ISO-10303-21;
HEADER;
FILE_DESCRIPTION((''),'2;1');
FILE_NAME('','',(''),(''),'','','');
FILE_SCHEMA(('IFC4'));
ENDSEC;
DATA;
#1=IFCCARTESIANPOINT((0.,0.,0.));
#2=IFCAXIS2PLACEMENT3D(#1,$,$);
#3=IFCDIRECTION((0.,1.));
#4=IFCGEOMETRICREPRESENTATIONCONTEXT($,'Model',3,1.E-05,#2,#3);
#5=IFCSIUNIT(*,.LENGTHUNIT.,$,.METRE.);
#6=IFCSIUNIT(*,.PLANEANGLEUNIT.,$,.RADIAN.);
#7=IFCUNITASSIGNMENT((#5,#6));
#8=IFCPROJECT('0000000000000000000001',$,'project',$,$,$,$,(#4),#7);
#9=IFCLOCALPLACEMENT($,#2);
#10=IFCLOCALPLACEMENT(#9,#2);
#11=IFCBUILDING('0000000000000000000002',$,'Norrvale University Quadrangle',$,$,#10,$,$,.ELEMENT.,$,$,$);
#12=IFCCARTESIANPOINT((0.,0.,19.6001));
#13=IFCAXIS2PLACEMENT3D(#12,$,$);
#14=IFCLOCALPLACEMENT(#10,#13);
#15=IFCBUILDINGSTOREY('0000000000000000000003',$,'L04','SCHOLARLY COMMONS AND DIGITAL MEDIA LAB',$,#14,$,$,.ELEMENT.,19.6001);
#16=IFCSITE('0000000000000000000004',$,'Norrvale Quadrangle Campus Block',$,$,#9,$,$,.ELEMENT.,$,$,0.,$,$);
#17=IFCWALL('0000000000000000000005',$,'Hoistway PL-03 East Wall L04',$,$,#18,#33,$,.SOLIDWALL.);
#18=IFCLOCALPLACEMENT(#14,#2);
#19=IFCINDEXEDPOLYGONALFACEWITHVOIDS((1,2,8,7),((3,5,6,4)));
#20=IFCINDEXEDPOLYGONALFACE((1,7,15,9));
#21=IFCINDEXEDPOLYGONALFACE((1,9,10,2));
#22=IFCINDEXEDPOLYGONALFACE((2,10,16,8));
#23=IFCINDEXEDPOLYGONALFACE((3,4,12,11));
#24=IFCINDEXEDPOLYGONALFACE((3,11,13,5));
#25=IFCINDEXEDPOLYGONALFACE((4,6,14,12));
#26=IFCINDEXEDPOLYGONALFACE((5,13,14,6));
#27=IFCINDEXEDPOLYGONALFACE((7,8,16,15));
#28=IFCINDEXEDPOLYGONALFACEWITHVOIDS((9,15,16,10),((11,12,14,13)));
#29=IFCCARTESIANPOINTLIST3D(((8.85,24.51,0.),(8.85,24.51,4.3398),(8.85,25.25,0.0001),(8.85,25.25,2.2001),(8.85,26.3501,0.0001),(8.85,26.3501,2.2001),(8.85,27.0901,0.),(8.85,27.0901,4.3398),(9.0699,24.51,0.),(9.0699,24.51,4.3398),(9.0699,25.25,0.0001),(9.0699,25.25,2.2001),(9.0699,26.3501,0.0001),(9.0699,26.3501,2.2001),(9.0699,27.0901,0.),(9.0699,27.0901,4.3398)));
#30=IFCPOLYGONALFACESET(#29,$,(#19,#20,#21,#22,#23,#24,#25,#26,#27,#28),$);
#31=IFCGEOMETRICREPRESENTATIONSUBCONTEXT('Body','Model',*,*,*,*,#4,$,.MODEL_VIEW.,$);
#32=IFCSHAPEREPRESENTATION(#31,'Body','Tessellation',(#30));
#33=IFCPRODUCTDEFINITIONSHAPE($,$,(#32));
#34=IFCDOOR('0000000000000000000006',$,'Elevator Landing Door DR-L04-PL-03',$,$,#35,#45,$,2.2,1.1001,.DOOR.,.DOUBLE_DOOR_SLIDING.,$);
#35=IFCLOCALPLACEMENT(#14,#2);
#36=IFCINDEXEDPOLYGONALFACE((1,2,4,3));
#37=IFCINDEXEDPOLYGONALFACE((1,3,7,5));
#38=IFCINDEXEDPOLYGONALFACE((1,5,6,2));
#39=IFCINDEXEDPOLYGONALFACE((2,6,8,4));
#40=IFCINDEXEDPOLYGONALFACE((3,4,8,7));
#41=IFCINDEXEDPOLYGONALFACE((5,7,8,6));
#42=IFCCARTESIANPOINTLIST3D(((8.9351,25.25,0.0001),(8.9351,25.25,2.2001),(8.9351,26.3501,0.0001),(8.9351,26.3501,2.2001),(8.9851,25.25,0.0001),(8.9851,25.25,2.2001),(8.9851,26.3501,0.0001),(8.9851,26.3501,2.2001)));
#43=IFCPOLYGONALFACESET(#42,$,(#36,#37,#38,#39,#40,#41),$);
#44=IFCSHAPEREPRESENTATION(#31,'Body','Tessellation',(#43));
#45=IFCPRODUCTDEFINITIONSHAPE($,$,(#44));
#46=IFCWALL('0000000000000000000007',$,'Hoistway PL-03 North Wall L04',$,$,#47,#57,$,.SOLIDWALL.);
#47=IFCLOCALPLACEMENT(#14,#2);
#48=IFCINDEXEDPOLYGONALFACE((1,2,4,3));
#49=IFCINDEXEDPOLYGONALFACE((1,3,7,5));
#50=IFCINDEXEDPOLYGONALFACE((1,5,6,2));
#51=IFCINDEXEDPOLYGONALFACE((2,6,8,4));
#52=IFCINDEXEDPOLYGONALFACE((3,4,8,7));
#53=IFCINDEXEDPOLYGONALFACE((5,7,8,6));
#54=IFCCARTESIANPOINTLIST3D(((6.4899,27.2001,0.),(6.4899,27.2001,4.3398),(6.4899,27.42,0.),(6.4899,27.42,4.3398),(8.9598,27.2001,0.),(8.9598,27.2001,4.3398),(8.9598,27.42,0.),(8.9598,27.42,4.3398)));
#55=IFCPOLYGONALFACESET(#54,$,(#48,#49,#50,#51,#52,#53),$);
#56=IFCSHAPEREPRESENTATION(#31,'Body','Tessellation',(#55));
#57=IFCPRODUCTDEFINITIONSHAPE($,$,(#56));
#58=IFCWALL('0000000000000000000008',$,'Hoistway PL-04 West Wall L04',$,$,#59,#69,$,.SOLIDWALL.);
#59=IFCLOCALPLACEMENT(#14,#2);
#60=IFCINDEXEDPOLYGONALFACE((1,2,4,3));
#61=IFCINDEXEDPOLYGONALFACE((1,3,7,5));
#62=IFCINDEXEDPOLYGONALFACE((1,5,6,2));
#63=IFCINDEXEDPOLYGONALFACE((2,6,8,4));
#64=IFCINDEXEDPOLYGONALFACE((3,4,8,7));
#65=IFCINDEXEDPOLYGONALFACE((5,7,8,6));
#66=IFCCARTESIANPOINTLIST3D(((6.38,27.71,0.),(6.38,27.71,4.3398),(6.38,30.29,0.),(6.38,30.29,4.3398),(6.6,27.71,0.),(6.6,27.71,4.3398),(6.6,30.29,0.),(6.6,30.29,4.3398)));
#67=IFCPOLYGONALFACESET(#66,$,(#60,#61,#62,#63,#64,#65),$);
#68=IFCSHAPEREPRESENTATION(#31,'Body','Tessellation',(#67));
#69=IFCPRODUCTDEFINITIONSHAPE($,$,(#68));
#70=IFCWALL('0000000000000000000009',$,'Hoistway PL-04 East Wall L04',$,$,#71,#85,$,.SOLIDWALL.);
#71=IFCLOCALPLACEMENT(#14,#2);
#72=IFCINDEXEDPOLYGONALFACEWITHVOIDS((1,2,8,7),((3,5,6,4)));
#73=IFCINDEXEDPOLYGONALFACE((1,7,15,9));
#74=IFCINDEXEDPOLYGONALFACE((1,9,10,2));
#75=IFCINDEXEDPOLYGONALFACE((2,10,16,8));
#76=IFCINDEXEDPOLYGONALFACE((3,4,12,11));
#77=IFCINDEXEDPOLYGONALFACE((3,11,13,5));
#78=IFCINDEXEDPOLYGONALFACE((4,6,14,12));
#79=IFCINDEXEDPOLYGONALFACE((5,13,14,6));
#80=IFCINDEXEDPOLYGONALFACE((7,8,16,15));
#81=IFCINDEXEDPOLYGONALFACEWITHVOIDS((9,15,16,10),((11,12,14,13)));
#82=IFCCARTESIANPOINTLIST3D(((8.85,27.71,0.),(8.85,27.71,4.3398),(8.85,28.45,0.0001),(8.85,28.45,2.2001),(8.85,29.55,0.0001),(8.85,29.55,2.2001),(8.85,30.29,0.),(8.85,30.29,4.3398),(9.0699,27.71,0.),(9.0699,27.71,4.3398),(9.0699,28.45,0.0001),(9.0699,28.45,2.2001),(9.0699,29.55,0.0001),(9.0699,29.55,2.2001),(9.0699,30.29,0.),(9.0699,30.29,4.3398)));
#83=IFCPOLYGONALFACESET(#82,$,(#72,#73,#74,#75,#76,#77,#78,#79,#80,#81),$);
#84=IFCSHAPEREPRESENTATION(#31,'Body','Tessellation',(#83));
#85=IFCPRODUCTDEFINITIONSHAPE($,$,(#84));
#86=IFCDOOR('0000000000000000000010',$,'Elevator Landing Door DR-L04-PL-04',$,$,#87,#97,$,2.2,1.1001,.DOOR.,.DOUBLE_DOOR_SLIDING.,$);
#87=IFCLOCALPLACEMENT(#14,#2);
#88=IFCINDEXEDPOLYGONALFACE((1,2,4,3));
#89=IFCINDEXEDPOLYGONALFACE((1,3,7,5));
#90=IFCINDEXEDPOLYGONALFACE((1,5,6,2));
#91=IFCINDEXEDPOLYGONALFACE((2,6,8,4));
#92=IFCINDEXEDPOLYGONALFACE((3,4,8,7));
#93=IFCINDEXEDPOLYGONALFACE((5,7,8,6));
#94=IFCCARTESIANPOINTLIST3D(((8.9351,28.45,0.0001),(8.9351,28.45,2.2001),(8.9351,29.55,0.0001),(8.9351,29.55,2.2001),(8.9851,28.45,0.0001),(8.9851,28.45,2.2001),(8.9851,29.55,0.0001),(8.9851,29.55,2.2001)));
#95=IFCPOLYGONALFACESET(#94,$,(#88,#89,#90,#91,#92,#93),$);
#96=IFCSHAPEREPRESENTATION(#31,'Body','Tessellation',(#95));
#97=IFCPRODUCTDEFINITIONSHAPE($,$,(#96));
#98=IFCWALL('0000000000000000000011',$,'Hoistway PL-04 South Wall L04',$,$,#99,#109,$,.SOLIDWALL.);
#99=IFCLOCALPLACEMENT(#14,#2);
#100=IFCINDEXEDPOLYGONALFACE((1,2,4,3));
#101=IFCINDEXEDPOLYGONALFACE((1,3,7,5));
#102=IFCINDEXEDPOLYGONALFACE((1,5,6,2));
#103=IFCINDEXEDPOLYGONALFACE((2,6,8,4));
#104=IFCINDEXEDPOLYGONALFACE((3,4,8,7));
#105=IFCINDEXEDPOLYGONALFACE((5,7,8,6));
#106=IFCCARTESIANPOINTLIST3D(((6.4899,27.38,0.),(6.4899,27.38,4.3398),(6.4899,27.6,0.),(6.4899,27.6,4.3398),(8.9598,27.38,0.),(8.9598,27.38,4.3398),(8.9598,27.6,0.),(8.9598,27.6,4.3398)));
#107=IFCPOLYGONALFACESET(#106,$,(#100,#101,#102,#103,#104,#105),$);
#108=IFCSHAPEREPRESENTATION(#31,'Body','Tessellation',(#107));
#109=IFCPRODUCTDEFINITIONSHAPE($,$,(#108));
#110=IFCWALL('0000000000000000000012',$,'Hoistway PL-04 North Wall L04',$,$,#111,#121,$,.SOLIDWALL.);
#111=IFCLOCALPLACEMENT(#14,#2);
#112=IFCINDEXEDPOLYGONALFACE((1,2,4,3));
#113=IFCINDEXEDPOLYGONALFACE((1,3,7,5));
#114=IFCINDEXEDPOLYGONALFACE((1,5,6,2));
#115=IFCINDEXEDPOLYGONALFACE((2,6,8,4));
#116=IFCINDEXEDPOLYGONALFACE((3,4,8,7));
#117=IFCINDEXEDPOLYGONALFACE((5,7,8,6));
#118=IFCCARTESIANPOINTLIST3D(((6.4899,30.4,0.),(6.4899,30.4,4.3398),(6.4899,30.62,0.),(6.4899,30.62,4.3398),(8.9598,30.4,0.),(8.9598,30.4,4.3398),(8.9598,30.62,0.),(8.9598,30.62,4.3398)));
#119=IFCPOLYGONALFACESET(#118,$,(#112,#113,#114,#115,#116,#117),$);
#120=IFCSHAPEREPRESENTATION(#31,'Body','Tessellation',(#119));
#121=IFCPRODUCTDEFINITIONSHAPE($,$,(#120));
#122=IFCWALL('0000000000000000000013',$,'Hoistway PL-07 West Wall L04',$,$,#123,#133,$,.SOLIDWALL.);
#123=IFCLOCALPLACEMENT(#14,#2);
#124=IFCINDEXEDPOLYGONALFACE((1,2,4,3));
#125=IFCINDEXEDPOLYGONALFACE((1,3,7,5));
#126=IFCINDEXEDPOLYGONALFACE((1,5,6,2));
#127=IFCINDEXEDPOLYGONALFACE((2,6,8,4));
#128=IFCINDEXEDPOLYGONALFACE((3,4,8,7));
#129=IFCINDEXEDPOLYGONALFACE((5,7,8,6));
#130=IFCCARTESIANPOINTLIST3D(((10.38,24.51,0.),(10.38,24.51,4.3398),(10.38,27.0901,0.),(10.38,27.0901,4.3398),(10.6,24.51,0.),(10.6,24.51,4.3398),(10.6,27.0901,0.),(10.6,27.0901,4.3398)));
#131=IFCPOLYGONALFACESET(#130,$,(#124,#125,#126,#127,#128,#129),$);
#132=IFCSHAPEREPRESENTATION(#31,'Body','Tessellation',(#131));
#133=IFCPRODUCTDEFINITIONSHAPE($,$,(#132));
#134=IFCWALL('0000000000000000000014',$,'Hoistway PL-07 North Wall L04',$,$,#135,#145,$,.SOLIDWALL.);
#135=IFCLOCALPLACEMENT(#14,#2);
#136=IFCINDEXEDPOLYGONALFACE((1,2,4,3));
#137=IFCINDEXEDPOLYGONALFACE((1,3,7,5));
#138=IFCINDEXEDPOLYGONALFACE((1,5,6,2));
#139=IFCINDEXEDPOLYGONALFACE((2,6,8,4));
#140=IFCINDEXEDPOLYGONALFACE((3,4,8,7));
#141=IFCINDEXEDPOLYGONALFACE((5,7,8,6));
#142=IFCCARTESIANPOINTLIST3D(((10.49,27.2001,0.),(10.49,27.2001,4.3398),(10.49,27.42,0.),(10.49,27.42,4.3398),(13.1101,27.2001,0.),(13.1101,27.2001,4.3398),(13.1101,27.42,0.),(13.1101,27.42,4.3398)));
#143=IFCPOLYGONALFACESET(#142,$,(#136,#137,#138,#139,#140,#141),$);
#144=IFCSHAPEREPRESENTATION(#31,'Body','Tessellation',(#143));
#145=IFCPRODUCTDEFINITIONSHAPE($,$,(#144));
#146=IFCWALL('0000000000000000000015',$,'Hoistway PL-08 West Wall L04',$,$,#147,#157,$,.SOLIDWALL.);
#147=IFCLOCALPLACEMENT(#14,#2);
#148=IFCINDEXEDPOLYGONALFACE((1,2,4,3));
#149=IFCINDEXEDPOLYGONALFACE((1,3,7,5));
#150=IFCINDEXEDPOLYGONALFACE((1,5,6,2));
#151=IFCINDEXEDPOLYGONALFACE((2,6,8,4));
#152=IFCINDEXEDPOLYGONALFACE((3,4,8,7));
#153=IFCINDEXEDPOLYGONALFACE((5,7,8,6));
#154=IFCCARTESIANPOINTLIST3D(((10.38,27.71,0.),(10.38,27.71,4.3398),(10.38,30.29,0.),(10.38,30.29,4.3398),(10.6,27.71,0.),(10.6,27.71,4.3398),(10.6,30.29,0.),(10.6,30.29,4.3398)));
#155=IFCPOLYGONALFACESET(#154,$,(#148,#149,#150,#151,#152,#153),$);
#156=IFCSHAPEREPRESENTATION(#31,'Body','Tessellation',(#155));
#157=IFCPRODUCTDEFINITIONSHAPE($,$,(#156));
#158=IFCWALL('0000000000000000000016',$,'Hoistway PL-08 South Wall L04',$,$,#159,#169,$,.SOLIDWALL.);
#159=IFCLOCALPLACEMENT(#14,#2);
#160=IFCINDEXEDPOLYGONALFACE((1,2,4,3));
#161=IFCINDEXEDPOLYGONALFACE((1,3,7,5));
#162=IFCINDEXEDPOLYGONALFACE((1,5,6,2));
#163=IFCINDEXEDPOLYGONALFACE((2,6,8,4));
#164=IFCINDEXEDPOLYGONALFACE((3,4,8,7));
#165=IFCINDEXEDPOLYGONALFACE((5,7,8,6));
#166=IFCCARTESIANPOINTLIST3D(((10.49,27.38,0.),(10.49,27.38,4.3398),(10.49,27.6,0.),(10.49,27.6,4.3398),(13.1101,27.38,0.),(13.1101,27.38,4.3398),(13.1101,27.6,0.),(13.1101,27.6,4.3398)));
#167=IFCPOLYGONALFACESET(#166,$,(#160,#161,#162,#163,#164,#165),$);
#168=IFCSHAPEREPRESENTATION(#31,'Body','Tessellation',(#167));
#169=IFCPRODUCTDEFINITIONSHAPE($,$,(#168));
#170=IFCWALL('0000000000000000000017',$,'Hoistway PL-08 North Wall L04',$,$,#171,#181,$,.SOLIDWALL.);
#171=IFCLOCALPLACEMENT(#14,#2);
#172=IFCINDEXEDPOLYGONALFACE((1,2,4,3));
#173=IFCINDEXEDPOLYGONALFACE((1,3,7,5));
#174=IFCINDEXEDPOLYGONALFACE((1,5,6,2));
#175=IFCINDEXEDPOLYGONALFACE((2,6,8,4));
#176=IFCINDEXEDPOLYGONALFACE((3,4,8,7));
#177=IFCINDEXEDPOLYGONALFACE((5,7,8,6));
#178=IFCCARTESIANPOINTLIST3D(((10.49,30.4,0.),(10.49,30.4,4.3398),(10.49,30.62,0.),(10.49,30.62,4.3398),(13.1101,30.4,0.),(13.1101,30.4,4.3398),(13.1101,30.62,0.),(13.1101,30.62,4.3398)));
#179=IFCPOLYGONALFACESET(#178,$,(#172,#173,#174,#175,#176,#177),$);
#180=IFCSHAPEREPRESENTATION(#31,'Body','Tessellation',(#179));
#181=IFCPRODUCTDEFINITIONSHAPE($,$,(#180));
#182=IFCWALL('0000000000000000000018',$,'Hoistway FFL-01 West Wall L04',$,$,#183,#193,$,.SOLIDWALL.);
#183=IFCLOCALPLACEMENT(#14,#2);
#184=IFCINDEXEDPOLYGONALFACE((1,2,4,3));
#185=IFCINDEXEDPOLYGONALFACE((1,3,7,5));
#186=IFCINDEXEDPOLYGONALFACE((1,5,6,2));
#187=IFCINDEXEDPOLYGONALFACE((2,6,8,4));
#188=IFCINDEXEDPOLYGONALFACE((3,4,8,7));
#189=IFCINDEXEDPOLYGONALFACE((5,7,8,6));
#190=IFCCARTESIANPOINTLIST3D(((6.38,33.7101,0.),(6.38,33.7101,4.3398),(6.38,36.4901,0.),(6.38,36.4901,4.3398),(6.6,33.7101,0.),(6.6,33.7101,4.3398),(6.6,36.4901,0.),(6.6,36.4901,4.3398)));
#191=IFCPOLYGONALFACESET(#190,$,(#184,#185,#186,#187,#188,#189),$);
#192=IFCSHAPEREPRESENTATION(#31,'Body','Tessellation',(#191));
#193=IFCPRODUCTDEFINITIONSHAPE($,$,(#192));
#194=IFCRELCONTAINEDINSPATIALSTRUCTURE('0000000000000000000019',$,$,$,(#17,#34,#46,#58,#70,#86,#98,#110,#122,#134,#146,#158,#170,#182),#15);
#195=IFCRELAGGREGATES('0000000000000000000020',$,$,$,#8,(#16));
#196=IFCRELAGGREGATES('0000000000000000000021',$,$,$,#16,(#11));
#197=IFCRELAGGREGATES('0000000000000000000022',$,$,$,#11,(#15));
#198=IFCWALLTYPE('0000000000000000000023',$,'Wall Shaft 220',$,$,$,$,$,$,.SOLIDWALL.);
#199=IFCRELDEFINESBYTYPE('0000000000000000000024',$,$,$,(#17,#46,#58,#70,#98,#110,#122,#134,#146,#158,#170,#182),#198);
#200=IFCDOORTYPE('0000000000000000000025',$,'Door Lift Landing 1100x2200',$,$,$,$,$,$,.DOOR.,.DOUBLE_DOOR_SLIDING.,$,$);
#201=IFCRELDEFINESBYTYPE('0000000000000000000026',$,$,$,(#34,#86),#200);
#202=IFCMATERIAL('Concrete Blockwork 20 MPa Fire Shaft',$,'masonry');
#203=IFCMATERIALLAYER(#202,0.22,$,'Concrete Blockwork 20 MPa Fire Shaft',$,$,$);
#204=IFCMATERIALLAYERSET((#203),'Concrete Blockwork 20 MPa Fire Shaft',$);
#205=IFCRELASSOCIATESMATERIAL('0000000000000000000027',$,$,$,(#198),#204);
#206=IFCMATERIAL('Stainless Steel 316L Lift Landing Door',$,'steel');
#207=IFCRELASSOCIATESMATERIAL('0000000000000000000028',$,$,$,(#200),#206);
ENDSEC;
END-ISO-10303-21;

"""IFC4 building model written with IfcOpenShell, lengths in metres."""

from ifc_helpers import new_model, si_unit, direction, frame, frame_2d, origin, place, context, subcontext, project, spatial, rectangle, extrude, material, layer, layer_set, type_object, element, fill, save


model = new_model("IFC4")

# Units and contexts
model_context = context("Model", 3, precision=1e-05, world=origin(), true_north=direction((0.0, 1.0)))
body_context = subcontext(model_context, "Body", "Model", "MODEL_VIEW")
ifc_project = project(units=[si_unit("LENGTHUNIT", "METRE"), si_unit("PLANEANGLEUNIT", "RADIAN")], contexts=[model_context])

# Site, building, storey
site_placement = place(None, origin())
site = spatial("IfcSite", under=ifc_project, at=site_placement, Name="Norrvale Quadrangle Campus Block", CompositionType="ELEMENT", RefElevation=0.0)
building_placement = place(site_placement, origin())
building = spatial("IfcBuilding", under=site, at=building_placement, Name="Norrvale University Quadrangle", CompositionType="ELEMENT")
storey_placement = place(building_placement, frame((0.0, 0.0, 19.6001)))
storey = spatial("IfcBuildingStorey", under=building, at=storey_placement, Name="L04", Description="SCHOLARLY COMMONS AND DIGITAL MEDIA LAB", CompositionType="ELEMENT", Elevation=19.6001)

# Shared definitions
ifc_material_1 = material(Name="Concrete Blockwork 20 MPa Fire Shaft", Category="masonry")
ifc_layer_1 = layer(ifc_material_1, 0.22, Name="Concrete Blockwork 20 MPa Fire Shaft")
ifc_layer_set_1 = layer_set([ifc_layer_1], Name="Concrete Blockwork 20 MPa Fire Shaft")
wall_type_1 = type_object("IfcWallType", Name="Wall Shaft 220", PredefinedType="SOLIDWALL", material=ifc_layer_set_1)

# Wall, opening, door
wall_1_placement = place(storey_placement, frame((8.96, 24.51, 0.0), z_axis=(0.0, 0.0, 1.0), x_axis=(0.0, 1.0, 0.0)))
wall_1 = element("IfcWall", 1, at=wall_1_placement, inside=storey, type_object=wall_type_1, Name="Hoistway PL-03 East Wall L04", PredefinedType="SOLIDWALL", context=body_context, shape_type="SweptSolid", body=[
    extrude(rectangle(XDim=2.5801, YDim=0.22, at=frame_2d((1.29, 0.0))), origin(), (0.0, 0.0, 1.0), 4.3398),
])
opening_1_placement = place(wall_1_placement, frame((0.74, 0.0, 0.0)))
opening_1 = element("IfcOpeningElement", 2, at=opening_1_placement, cuts=wall_1, PredefinedType="OPENING", context=body_context, shape_type="SweptSolid", body=[
    extrude(rectangle(XDim=1.1001, YDim=2.2, at=frame_2d((0.55, 1.1001))), frame((0.0, 0.1221, 0.0), z_axis=(0.0, -1.0, 0.0), x_axis=(1.0, 0.0, 0.0)), (0.0, 0.0, 1.0), 0.2439),
])
ifc_material_2 = material(Name="Stainless Steel 316L Lift Landing Door", Category="steel")
door_type_1 = type_object("IfcDoorType", Name="Door Lift Landing 1100x2200", OperationType="DOUBLE_DOOR_SLIDING", PredefinedType="DOOR", material=ifc_material_2)
door_1_placement = place(opening_1_placement, origin())
door_1 = element("IfcDoor", 3, at=door_1_placement, inside=storey, type_object=door_type_1, Name="Elevator Landing Door DR-L04-PL-03", OperationType="DOUBLE_DOOR_SLIDING", OverallHeight=2.2, OverallWidth=1.1001, PredefinedType="DOOR", context=body_context, shape_type="SweptSolid", body=[
    extrude(rectangle(XDim=1.1001, YDim=2.2, at=frame_2d((0.55, 1.1001))), frame((0.0, 0.0249, 0.0), z_axis=(0.0, -1.0, 0.0), x_axis=(1.0, 0.0, 0.0)), (0.0, 0.0, 1.0), 0.05),
])
fill(opening_1, door_1)

# Walls
wall_2_placement = place(storey_placement, frame((6.49, 27.3101, 0.0), z_axis=(0.0, 0.0, 1.0), x_axis=(1.0, 0.0, 0.0)))
element("IfcWall", 4, at=wall_2_placement, inside=storey, type_object=wall_type_1, Name="Hoistway PL-03 North Wall L04", PredefinedType="SOLIDWALL", context=body_context, shape_type="SweptSolid", body=[
    extrude(rectangle(XDim=2.47, YDim=0.22, at=frame_2d((1.2349, 0.0))), origin(), (0.0, 0.0, 1.0), 4.3398),
])
wall_3_placement = place(storey_placement, frame((6.49, 27.71, 0.0), z_axis=(0.0, 0.0, 1.0), x_axis=(0.0, 1.0, 0.0)))
element("IfcWall", 5, at=wall_3_placement, inside=storey, type_object=wall_type_1, Name="Hoistway PL-04 West Wall L04", PredefinedType="SOLIDWALL", context=body_context, shape_type="SweptSolid", body=[
    extrude(rectangle(XDim=2.5801, YDim=0.22, at=frame_2d((1.29, 0.0))), origin(), (0.0, 0.0, 1.0), 4.3398),
])

# Wall, opening, door
wall_4_placement = place(storey_placement, frame((8.96, 27.71, 0.0), z_axis=(0.0, 0.0, 1.0), x_axis=(0.0, 1.0, 0.0)))
wall_4 = element("IfcWall", 6, at=wall_4_placement, inside=storey, type_object=wall_type_1, Name="Hoistway PL-04 East Wall L04", PredefinedType="SOLIDWALL", context=body_context, shape_type="SweptSolid", body=[
    extrude(rectangle(XDim=2.5801, YDim=0.22, at=frame_2d((1.29, 0.0))), origin(), (0.0, 0.0, 1.0), 4.3398),
])
opening_2_placement = place(wall_4_placement, frame((0.74, 0.0, 0.0)))
opening_2 = element("IfcOpeningElement", 7, at=opening_2_placement, cuts=wall_4, PredefinedType="OPENING", context=body_context, shape_type="SweptSolid", body=[
    extrude(rectangle(XDim=1.1001, YDim=2.2, at=frame_2d((0.55, 1.1001))), frame((0.0, 0.1221, 0.0), z_axis=(0.0, -1.0, 0.0), x_axis=(1.0, 0.0, 0.0)), (0.0, 0.0, 1.0), 0.2439),
])
door_2_placement = place(opening_2_placement, origin())
door_2 = element("IfcDoor", 8, at=door_2_placement, inside=storey, type_object=door_type_1, Name="Elevator Landing Door DR-L04-PL-04", OperationType="DOUBLE_DOOR_SLIDING", OverallHeight=2.2, OverallWidth=1.1001, PredefinedType="DOOR", context=body_context, shape_type="SweptSolid", body=[
    extrude(rectangle(XDim=1.1001, YDim=2.2, at=frame_2d((0.55, 1.1001))), frame((0.0, 0.0249, 0.0), z_axis=(0.0, -1.0, 0.0), x_axis=(1.0, 0.0, 0.0)), (0.0, 0.0, 1.0), 0.05),
])
fill(opening_2, door_2)

# Walls
for number, where, z_axis, x_axis, name in (
    (9, (6.49, 27.49, 0.0), (0.0, 0.0, 1.0), (1.0, 0.0, 0.0), "Hoistway PL-04 South Wall L04"),
    (10, (6.49, 30.51, 0.0), (0.0, 0.0, 1.0), (1.0, 0.0, 0.0), "Hoistway PL-04 North Wall L04"),
):
    element("IfcWall", number, at=place(storey_placement, frame(where, z_axis=z_axis, x_axis=x_axis)), inside=storey, type_object=wall_type_1, Name=name, PredefinedType="SOLIDWALL", context=body_context, shape_type="SweptSolid", body=[
        extrude(rectangle(XDim=2.47, YDim=0.22, at=frame_2d((1.2349, 0.0))), origin(), (0.0, 0.0, 1.0), 4.3398),
    ])
wall_5_placement = place(storey_placement, frame((10.49, 24.51, 0.0), z_axis=(0.0, 0.0, 1.0), x_axis=(0.0, 1.0, 0.0)))
element("IfcWall", 11, at=wall_5_placement, inside=storey, type_object=wall_type_1, Name="Hoistway PL-07 West Wall L04", PredefinedType="SOLIDWALL", context=body_context, shape_type="SweptSolid", body=[
    extrude(rectangle(XDim=2.5801, YDim=0.22, at=frame_2d((1.29, 0.0))), origin(), (0.0, 0.0, 1.0), 4.3398),
])
wall_6_placement = place(storey_placement, frame((10.49, 27.3101, 0.0), z_axis=(0.0, 0.0, 1.0), x_axis=(1.0, 0.0, 0.0)))
element("IfcWall", 12, at=wall_6_placement, inside=storey, type_object=wall_type_1, Name="Hoistway PL-07 North Wall L04", PredefinedType="SOLIDWALL", context=body_context, shape_type="SweptSolid", body=[
    extrude(rectangle(XDim=2.6201, YDim=0.22, at=frame_2d((1.3101, 0.0))), origin(), (0.0, 0.0, 1.0), 4.3398),
])
wall_7_placement = place(storey_placement, frame((10.49, 27.71, 0.0), z_axis=(0.0, 0.0, 1.0), x_axis=(0.0, 1.0, 0.0)))
element("IfcWall", 13, at=wall_7_placement, inside=storey, type_object=wall_type_1, Name="Hoistway PL-08 West Wall L04", PredefinedType="SOLIDWALL", context=body_context, shape_type="SweptSolid", body=[
    extrude(rectangle(XDim=2.5801, YDim=0.22, at=frame_2d((1.29, 0.0))), origin(), (0.0, 0.0, 1.0), 4.3398),
])
for number, where, z_axis, x_axis, name in (
    (14, (10.49, 27.49, 0.0), (0.0, 0.0, 1.0), (1.0, 0.0, 0.0), "Hoistway PL-08 South Wall L04"),
    (15, (10.49, 30.51, 0.0), (0.0, 0.0, 1.0), (1.0, 0.0, 0.0), "Hoistway PL-08 North Wall L04"),
):
    element("IfcWall", number, at=place(storey_placement, frame(where, z_axis=z_axis, x_axis=x_axis)), inside=storey, type_object=wall_type_1, Name=name, PredefinedType="SOLIDWALL", context=body_context, shape_type="SweptSolid", body=[
        extrude(rectangle(XDim=2.6201, YDim=0.22, at=frame_2d((1.3101, 0.0))), origin(), (0.0, 0.0, 1.0), 4.3398),
    ])
for number, where, z_axis, x_axis, name in (
    (16, (6.49, 33.71, 0.0), (0.0, 0.0, 1.0), (0.0, 1.0, 0.0), "Hoistway FFL-01 West Wall L04"),
):
    element("IfcWall", number, at=place(storey_placement, frame(where, z_axis=z_axis, x_axis=x_axis)), inside=storey, type_object=wall_type_1, Name=name, PredefinedType="SOLIDWALL", context=body_context, shape_type="SweptSolid", body=[
        extrude(rectangle(XDim=2.78, YDim=0.22, at=frame_2d((1.3901, 0.0))), origin(), (0.0, 0.0, 1.0), 4.3398),
    ])

save(model, "model.ifc")
